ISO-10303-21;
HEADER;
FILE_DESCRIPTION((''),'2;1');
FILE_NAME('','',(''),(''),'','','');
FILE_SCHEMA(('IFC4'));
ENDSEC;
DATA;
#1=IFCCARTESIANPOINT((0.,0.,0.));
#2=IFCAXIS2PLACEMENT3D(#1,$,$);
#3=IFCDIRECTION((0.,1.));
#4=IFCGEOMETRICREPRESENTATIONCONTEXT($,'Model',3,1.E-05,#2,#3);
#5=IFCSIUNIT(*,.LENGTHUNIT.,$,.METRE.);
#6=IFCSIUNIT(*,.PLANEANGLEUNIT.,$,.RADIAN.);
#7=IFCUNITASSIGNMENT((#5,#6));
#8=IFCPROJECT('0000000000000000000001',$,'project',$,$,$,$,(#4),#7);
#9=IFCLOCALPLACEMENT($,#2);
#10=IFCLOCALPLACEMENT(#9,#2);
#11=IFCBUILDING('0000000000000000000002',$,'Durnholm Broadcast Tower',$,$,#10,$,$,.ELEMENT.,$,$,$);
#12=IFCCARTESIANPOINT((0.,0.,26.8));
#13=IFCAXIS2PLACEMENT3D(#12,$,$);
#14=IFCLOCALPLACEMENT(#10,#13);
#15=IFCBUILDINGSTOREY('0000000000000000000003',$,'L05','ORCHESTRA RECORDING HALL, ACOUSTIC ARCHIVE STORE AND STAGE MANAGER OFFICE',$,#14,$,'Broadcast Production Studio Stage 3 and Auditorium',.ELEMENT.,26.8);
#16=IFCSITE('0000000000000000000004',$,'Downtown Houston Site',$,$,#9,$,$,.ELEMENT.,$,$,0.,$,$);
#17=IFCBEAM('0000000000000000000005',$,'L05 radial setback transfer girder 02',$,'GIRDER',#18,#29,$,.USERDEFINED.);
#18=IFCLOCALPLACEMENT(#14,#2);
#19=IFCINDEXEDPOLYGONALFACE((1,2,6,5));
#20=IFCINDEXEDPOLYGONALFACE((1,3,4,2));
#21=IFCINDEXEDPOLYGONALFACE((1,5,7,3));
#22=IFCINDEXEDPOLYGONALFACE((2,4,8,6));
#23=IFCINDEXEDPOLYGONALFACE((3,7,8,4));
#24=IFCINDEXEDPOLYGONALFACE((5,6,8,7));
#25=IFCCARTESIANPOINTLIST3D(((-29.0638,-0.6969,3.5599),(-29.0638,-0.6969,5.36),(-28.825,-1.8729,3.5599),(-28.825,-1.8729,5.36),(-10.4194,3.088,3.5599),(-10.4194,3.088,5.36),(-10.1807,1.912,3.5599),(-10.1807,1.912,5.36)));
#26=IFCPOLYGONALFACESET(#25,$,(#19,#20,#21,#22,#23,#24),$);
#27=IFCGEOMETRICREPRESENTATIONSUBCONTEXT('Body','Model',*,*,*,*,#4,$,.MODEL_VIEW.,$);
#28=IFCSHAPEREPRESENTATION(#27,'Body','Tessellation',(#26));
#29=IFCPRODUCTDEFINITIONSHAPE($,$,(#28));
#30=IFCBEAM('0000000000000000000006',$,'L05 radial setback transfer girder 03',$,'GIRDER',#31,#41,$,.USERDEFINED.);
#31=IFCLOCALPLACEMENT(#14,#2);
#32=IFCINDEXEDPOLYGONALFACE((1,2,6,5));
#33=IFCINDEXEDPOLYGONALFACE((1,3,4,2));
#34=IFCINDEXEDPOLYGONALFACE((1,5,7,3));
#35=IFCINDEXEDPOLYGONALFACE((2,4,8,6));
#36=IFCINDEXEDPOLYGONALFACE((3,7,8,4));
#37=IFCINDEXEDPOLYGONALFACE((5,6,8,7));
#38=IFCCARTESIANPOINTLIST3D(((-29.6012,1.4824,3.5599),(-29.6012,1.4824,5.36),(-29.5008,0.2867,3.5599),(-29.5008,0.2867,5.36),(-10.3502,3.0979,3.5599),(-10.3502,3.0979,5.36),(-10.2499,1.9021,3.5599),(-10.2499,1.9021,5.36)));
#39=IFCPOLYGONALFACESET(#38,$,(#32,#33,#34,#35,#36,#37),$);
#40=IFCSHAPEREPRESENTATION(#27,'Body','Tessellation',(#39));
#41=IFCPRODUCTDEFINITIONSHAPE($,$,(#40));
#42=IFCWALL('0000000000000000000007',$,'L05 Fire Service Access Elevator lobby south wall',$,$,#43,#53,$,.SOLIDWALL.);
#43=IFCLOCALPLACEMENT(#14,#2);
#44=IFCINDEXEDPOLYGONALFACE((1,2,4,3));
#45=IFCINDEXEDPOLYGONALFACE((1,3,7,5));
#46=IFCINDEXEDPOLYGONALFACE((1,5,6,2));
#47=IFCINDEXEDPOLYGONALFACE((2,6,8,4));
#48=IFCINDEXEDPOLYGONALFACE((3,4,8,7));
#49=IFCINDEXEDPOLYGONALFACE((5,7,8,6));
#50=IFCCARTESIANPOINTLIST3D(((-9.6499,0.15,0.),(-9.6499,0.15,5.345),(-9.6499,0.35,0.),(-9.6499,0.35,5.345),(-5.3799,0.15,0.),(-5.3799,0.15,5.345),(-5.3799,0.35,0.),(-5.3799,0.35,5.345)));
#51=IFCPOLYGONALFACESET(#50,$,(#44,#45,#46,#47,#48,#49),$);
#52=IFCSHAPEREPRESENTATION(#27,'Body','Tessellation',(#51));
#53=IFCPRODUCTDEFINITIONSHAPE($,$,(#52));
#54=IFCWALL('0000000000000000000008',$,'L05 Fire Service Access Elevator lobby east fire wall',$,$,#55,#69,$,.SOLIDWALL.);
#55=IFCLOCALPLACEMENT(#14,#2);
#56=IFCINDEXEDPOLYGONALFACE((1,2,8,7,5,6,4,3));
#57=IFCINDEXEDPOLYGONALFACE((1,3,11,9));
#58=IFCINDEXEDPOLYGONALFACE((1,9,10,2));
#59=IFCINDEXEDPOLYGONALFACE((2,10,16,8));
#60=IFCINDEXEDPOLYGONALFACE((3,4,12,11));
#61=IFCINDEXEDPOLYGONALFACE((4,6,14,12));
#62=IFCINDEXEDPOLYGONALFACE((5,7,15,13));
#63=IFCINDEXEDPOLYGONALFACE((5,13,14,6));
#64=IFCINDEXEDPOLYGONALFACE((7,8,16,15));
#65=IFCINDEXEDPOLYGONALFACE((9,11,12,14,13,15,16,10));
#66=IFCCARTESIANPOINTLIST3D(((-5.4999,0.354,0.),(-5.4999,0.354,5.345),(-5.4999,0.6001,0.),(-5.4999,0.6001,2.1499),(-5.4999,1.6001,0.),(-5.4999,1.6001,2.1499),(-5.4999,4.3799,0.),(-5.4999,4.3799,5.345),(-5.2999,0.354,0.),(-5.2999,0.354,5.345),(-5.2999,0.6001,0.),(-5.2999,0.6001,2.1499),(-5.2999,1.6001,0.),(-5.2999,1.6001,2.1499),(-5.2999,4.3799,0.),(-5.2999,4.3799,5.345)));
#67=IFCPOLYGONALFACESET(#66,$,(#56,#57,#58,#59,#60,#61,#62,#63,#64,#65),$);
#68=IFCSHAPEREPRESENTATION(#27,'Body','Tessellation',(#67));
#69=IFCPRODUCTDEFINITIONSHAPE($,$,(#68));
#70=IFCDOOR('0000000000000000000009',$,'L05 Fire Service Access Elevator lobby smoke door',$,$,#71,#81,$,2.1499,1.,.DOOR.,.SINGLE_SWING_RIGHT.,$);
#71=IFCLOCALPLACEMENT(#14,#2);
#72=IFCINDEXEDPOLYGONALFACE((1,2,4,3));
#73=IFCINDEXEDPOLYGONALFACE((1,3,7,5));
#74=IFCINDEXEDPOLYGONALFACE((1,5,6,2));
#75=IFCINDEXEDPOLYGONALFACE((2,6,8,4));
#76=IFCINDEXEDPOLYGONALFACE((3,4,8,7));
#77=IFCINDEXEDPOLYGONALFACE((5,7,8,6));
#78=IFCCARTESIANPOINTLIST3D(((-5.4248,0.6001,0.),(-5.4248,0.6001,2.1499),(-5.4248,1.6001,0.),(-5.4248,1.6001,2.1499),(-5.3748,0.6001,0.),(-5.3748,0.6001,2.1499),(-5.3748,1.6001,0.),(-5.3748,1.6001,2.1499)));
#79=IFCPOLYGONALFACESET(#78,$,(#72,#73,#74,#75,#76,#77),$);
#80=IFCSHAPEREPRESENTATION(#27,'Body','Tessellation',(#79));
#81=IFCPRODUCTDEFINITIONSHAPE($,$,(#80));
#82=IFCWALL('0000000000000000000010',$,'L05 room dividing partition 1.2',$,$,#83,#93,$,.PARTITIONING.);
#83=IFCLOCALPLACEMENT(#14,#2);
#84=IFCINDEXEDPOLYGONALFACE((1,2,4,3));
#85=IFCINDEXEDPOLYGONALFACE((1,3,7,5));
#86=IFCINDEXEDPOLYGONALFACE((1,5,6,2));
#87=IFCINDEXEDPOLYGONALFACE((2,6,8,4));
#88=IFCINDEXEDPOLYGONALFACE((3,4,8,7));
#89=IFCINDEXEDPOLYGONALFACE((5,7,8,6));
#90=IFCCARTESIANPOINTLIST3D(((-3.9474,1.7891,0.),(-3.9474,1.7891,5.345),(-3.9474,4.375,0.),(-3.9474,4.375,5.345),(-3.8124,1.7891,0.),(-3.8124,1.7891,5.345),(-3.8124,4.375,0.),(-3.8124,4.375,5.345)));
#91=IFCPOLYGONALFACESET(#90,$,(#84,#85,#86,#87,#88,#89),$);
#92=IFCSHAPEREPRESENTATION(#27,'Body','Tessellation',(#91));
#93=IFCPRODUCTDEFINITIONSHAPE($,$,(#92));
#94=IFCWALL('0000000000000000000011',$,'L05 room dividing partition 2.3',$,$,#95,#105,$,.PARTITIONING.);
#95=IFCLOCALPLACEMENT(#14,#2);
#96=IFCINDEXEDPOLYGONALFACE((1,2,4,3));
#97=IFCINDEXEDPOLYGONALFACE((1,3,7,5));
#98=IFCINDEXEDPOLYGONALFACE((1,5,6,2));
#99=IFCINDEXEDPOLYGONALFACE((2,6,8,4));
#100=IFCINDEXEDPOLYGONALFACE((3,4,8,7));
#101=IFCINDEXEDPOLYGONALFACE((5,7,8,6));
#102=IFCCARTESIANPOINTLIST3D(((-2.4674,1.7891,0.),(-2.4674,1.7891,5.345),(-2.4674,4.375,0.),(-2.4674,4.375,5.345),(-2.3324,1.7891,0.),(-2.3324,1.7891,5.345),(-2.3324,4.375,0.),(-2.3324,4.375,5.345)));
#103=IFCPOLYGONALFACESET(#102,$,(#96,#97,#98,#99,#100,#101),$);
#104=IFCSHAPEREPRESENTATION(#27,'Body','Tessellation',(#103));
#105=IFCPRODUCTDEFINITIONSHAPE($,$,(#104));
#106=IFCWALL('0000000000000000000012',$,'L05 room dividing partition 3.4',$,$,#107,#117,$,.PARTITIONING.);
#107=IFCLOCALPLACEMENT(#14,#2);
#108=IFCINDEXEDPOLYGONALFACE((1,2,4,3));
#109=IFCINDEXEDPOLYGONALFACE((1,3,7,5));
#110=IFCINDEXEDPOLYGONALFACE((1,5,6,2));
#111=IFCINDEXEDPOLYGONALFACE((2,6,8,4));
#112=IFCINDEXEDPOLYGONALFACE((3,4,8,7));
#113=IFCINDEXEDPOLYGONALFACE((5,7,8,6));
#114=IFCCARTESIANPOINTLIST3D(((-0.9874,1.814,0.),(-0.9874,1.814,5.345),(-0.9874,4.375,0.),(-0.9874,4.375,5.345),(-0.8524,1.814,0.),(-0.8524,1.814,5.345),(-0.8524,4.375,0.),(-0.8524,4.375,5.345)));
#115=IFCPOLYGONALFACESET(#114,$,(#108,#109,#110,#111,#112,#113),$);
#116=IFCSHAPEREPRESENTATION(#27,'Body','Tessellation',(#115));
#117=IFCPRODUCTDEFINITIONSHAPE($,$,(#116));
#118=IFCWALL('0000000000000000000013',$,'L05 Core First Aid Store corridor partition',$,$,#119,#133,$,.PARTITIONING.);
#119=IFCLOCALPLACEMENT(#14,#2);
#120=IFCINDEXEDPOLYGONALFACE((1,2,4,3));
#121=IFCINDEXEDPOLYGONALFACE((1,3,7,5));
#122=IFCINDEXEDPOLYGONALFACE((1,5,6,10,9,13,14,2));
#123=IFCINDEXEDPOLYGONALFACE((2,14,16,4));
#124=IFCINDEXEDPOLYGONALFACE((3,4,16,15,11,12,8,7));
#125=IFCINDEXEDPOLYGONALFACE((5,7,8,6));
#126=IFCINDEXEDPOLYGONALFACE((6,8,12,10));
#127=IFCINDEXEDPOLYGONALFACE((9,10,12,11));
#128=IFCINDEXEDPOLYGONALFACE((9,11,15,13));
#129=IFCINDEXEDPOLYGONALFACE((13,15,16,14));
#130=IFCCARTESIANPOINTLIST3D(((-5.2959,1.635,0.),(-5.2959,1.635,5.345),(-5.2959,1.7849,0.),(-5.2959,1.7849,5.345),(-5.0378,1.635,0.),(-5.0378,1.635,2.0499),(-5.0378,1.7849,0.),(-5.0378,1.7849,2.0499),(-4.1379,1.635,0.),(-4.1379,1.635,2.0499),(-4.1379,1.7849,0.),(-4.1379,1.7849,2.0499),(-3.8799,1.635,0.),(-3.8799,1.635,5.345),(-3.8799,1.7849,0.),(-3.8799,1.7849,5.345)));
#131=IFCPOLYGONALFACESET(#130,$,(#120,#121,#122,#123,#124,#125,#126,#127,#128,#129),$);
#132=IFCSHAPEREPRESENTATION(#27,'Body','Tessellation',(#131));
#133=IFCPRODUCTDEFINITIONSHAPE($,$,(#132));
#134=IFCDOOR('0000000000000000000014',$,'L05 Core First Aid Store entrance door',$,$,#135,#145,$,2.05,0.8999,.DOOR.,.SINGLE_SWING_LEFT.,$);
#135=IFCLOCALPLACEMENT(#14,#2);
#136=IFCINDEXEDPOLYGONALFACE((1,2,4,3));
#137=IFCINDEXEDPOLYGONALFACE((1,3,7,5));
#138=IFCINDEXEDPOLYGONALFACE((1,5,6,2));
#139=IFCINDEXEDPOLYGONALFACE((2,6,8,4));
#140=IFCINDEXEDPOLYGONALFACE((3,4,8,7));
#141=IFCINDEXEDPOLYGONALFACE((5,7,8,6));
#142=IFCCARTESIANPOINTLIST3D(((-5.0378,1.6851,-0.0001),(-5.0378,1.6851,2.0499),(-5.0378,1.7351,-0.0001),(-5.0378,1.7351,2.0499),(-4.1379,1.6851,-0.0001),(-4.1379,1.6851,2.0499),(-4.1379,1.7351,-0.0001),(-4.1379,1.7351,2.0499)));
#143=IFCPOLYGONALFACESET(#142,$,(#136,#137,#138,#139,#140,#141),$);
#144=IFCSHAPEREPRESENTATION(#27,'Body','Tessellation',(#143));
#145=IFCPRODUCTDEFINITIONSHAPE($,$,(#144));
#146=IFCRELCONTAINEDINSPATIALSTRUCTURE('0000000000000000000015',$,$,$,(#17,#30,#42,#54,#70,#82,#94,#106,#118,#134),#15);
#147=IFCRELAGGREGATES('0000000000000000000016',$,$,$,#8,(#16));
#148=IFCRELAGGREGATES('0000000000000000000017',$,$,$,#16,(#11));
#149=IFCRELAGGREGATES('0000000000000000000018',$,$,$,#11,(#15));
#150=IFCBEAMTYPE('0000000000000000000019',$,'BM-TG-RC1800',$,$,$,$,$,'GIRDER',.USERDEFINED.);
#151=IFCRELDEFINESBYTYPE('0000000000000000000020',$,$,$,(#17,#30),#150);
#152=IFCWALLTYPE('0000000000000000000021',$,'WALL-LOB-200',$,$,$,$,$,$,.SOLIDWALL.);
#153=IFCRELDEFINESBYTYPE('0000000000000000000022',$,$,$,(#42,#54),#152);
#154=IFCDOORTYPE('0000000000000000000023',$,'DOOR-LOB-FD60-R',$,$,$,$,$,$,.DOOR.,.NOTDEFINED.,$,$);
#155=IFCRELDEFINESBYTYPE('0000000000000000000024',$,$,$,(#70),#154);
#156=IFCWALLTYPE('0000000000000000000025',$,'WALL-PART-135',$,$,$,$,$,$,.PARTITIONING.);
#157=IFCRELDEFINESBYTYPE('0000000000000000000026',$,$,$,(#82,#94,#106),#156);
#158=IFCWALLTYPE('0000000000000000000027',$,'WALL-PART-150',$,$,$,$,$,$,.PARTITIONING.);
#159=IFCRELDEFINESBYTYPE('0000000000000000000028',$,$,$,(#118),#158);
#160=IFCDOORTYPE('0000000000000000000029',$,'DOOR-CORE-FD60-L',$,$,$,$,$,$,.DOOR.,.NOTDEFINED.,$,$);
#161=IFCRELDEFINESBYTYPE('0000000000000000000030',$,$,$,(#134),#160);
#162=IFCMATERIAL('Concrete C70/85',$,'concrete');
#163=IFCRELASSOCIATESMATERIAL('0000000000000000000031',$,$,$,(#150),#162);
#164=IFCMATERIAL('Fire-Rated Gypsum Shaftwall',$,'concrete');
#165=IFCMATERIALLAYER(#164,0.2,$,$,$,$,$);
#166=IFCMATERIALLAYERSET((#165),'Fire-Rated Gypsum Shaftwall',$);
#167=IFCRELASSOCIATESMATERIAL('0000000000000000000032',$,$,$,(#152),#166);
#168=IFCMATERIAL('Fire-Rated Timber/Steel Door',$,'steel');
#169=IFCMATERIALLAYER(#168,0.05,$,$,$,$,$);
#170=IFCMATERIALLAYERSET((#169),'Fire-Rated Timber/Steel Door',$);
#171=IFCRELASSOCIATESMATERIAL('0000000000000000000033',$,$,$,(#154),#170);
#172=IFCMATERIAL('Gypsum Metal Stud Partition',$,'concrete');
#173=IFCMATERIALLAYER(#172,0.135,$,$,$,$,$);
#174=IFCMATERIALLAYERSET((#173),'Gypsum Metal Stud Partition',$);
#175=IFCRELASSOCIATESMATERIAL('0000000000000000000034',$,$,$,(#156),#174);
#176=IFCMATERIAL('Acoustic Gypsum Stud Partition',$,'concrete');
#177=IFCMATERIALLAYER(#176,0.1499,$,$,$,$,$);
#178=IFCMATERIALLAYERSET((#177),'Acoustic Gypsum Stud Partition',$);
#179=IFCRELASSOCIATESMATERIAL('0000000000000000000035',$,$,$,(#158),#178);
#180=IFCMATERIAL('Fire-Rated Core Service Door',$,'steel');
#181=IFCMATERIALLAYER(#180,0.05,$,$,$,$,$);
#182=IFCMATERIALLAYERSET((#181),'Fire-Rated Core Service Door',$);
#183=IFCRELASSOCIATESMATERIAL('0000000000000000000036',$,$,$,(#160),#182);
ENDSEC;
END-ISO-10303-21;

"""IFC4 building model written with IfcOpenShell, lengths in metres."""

from ifc_helpers import new_model, si_unit, direction, frame, frame_2d, origin, origin_2d, place, context, subcontext, project, spatial, rectangle, extrude, source, transform, mapped, material, layer, layer_set, material_profile, profile_set, type_object, type_shapes, element, fill, save


model = new_model("IFC4")

# Units and contexts
model_context = context("Model", 3, precision=1e-05, world=origin(), true_north=direction((0.0, 1.0)))
body_context = subcontext(model_context, "Body", "Model", "MODEL_VIEW")
ifc_project = project(units=[si_unit("LENGTHUNIT", "METRE"), si_unit("PLANEANGLEUNIT", "RADIAN")], contexts=[model_context])

# Site, building, storey
site_placement = place(None, origin())
site = spatial("IfcSite", under=ifc_project, at=site_placement, Name="Downtown Houston Site", CompositionType="ELEMENT", RefElevation=0.0)
building_placement = place(site_placement, origin())
building = spatial("IfcBuilding", under=site, at=building_placement, Name="Durnholm Broadcast Tower", CompositionType="ELEMENT")
storey_placement = place(building_placement, frame((0.0, 0.0, 26.8)))
storey = spatial("IfcBuildingStorey", under=building, at=storey_placement, Name="L05", Description="ORCHESTRA RECORDING HALL, ACOUSTIC ARCHIVE STORE AND STAGE MANAGER OFFICE", LongName="Broadcast Production Studio Stage 3 and Auditorium", CompositionType="ELEMENT", Elevation=26.8)

# Beams
ifc_material_1 = material(Name="Concrete C70/85", Category="concrete")
ifc_material_profile = material_profile(ifc_material_1, rectangle(XDim=1.2, YDim=1.8, at=origin_2d()), Name="RC1200X1800")
ifc_profile_set = profile_set([ifc_material_profile], Name="Concrete C70/85")
beam_type = type_object("IfcBeamType", Name="BM-TG-RC1800", ElementType="GIRDER", PredefinedType="USERDEFINED", material=ifc_profile_set)
shared_shape_1 = source(origin(), body_context, "Body", "SweptSolid", [
    extrude(rectangle(XDim=1.2, YDim=1.8, at=origin_2d()), origin(), (0.0, 0.0, 1.0), 19.0247),
])
beam_1_placement = place(storey_placement, frame((-10.3, 2.5, 4.46), z_axis=(-0.98001, -0.198948, 0.0), x_axis=(0.198948, -0.98001, 0.0)))
element("IfcBeam", 1, at=beam_1_placement, inside=storey, type_object=beam_type, Name="L05 radial setback transfer girder 02", ObjectType="GIRDER", PredefinedType="USERDEFINED", context=body_context, shape_type="MappedRepresentation", body=[
    mapped(shared_shape_1, transform((0.0, 0.0, 0.0), x_axis=(1.0, 0.0, 0.0), y_axis=(0.0, 1.0, 0.0), z_axis=(0.0, 0.0, 1.0), scale=1.0)),
])
shared_shape_2 = source(origin(), body_context, "Body", "SweptSolid", [
    extrude(rectangle(XDim=1.2, YDim=1.8, at=origin_2d()), origin(), (0.0, 0.0, 1.0), 19.3186),
])
type_shapes(beam_type, [shared_shape_1, shared_shape_2])
beam_2_placement = place(storey_placement, frame((-10.3, 2.5, 4.46), z_axis=(-0.996497, -0.083623, 0.0), x_axis=(0.083623, -0.996497, 0.0)))
element("IfcBeam", 2, at=beam_2_placement, inside=storey, type_object=beam_type, Name="L05 radial setback transfer girder 03", ObjectType="GIRDER", PredefinedType="USERDEFINED", context=body_context, shape_type="MappedRepresentation", body=[
    mapped(shared_shape_2, transform((0.0, 0.0, 0.0), x_axis=(1.0, 0.0, 0.0), y_axis=(0.0, 1.0, 0.0), z_axis=(0.0, 0.0, 1.0), scale=1.0)),
])

# Wall
ifc_material_2 = material(Name="Fire-Rated Gypsum Shaftwall", Category="concrete")
ifc_layer_1 = layer(ifc_material_2, 0.2)
ifc_layer_set_1 = layer_set([ifc_layer_1], Name="Fire-Rated Gypsum Shaftwall")
wall_type_1 = type_object("IfcWallType", Name="WALL-LOB-200", PredefinedType="SOLIDWALL", material=ifc_layer_set_1)
wall_1_placement = place(storey_placement, frame((-9.6499, 0.25, 0.0), z_axis=(0.0, 0.0, 1.0), x_axis=(1.0, 0.0, 0.0)))
element("IfcWall", 3, at=wall_1_placement, inside=storey, type_object=wall_type_1, Name="L05 Fire Service Access Elevator lobby south wall", PredefinedType="SOLIDWALL", context=body_context, shape_type="SweptSolid", body=[
    extrude(rectangle(XDim=4.27, YDim=0.2, at=frame_2d((2.135, 0.0))), origin(), (0.0, 0.0, 1.0), 5.345),
])

# Wall, opening, door
wall_2_placement = place(storey_placement, frame((-5.3999, 0.354, 0.0), z_axis=(0.0, 0.0, 1.0), x_axis=(0.0, 1.0, 0.0)))
wall_2 = element("IfcWall", 4, at=wall_2_placement, inside=storey, type_object=wall_type_1, Name="L05 Fire Service Access Elevator lobby east fire wall", PredefinedType="SOLIDWALL", context=body_context, shape_type="SweptSolid", body=[
    extrude(rectangle(XDim=4.0259, YDim=0.2, at=frame_2d((2.0129, 0.0))), origin(), (0.0, 0.0, 1.0), 5.345),
])
opening_1_placement = place(wall_2_placement, frame((0.2461, 0.0, 0.0)))
opening_1 = element("IfcOpeningElement", 5, at=opening_1_placement, cuts=wall_2, PredefinedType="OPENING", context=body_context, shape_type="SweptSolid", body=[
    extrude(rectangle(XDim=1.0, YDim=2.1499, at=frame_2d((0.5, 1.075))), frame((0.0, 0.1099, 0.0), z_axis=(0.0, -1.0, 0.0), x_axis=(1.0, 0.0, 0.0)), (0.0, 0.0, 1.0), 0.22),
])
ifc_material_3 = material(Name="Fire-Rated Timber/Steel Door", Category="steel")
ifc_layer_2 = layer(ifc_material_3, 0.05)
ifc_layer_set_2 = layer_set([ifc_layer_2], Name="Fire-Rated Timber/Steel Door")
door_type_1 = type_object("IfcDoorType", Name="DOOR-LOB-FD60-R", OperationType="NOTDEFINED", PredefinedType="DOOR", material=ifc_layer_set_2)
shared_shape_3 = source(origin(), body_context, "Body", "SweptSolid", [
    extrude(rectangle(XDim=1.0, YDim=2.1499, at=frame_2d((0.5, 1.075))), frame((0.0, 0.0249, 0.0), z_axis=(0.0, -1.0, 0.0), x_axis=(1.0, 0.0, 0.0)), (0.0, 0.0, 1.0), 0.05),
])
type_shapes(door_type_1, [shared_shape_3])
door_1_placement = place(opening_1_placement, origin())
door_1 = element("IfcDoor", 6, at=door_1_placement, inside=storey, type_object=door_type_1, Name="L05 Fire Service Access Elevator lobby smoke door", OperationType="SINGLE_SWING_RIGHT", OverallHeight=2.1499, OverallWidth=1.0, PredefinedType="DOOR", context=body_context, shape_type="MappedRepresentation", body=[
    mapped(shared_shape_3, transform((0.0, 0.0, 0.0), x_axis=(1.0, 0.0, 0.0), y_axis=(0.0, 1.0, 0.0), z_axis=(0.0, 0.0, 1.0), scale=1.0)),
])
fill(opening_1, door_1)

# Walls
ifc_material_4 = material(Name="Gypsum Metal Stud Partition", Category="concrete")
ifc_layer_3 = layer(ifc_material_4, 0.135)
ifc_layer_set_3 = layer_set([ifc_layer_3], Name="Gypsum Metal Stud Partition")
wall_type_2 = type_object("IfcWallType", Name="WALL-PART-135", PredefinedType="PARTITIONING", material=ifc_layer_set_3)
for number, where, z_axis, x_axis, name in (
    (7, (-3.8799, 4.375, 0.0), (0.0, 0.0, 1.0), (0.0, -1.0, 0.0), "L05 room dividing partition 1.2"),
    (8, (-2.3999, 4.375, 0.0), (0.0, 0.0, 1.0), (0.0, -1.0, 0.0), "L05 room dividing partition 2.3"),
):
    element("IfcWall", number, at=place(storey_placement, frame(where, z_axis=z_axis, x_axis=x_axis)), inside=storey, type_object=wall_type_2, Name=name, PredefinedType="PARTITIONING", context=body_context, shape_type="SweptSolid", body=[
        extrude(rectangle(XDim=2.5859, YDim=0.135, at=frame_2d((1.293, 0.0))), origin(), (0.0, 0.0, 1.0), 5.345),
    ])
wall_3_placement = place(storey_placement, frame((-0.9199, 4.375, 0.0), z_axis=(0.0, 0.0, 1.0), x_axis=(0.0, -1.0, 0.0)))
element("IfcWall", 9, at=wall_3_placement, inside=storey, type_object=wall_type_2, Name="L05 room dividing partition 3.4", PredefinedType="PARTITIONING", context=body_context, shape_type="SweptSolid", body=[
    extrude(rectangle(XDim=2.561, YDim=0.135, at=frame_2d((1.2805, 0.0))), origin(), (0.0, 0.0, 1.0), 5.345),
])

# Wall, opening, door
ifc_material_5 = material(Name="Acoustic Gypsum Stud Partition", Category="concrete")
ifc_layer_4 = layer(ifc_material_5, 0.1499)
ifc_layer_set_4 = layer_set([ifc_layer_4], Name="Acoustic Gypsum Stud Partition")
wall_type_3 = type_object("IfcWallType", Name="WALL-PART-150", PredefinedType="PARTITIONING", material=ifc_layer_set_4)
wall_4_placement = place(storey_placement, frame((-3.8799, 1.71, 0.0), z_axis=(0.0, 0.0, 1.0), x_axis=(-1.0, 0.0, 0.0)))
wall_4 = element("IfcWall", 10, at=wall_4_placement, inside=storey, type_object=wall_type_3, Name="L05 Core First Aid Store corridor partition", PredefinedType="PARTITIONING", context=body_context, shape_type="SweptSolid", body=[
    extrude(rectangle(XDim=1.416, YDim=0.1499, at=frame_2d((0.708, 0.0))), origin(), (0.0, 0.0, 1.0), 5.345),
])
opening_2_placement = place(wall_4_placement, frame((0.2581, 0.0, 0.0)))
opening_2 = element("IfcOpeningElement", 11, at=opening_2_placement, cuts=wall_4, PredefinedType="OPENING", context=body_context, shape_type="SweptSolid", body=[
    extrude(rectangle(XDim=0.8999, YDim=2.05, at=frame_2d((0.45, 1.0249))), frame((0.0, 0.085, 0.0), z_axis=(0.0, -1.0, 0.0), x_axis=(1.0, 0.0, 0.0)), (0.0, 0.0, 1.0), 0.1699),
])
ifc_material_6 = material(Name="Fire-Rated Core Service Door", Category="steel")
ifc_layer_5 = layer(ifc_material_6, 0.05)
ifc_layer_set_5 = layer_set([ifc_layer_5], Name="Fire-Rated Core Service Door")
door_type_2 = type_object("IfcDoorType", Name="DOOR-CORE-FD60-L", OperationType="NOTDEFINED", PredefinedType="DOOR", material=ifc_layer_set_5)
shared_shape_4 = source(origin(), body_context, "Body", "SweptSolid", [
    extrude(rectangle(XDim=0.8999, YDim=2.05, at=frame_2d((0.45, 1.0249))), frame((0.0, 0.0249, 0.0), z_axis=(0.0, -1.0, 0.0), x_axis=(1.0, 0.0, 0.0)), (0.0, 0.0, 1.0), 0.05),
])
type_shapes(door_type_2, [shared_shape_4])
door_2_placement = place(opening_2_placement, origin())
door_2 = element("IfcDoor", 12, at=door_2_placement, inside=storey, type_object=door_type_2, Name="L05 Core First Aid Store entrance door", OperationType="SINGLE_SWING_LEFT", OverallHeight=2.05, OverallWidth=0.8999, PredefinedType="DOOR", context=body_context, shape_type="MappedRepresentation", body=[
    mapped(shared_shape_4, transform((0.0, 0.0, 0.0), x_axis=(1.0, 0.0, 0.0), y_axis=(0.0, 1.0, 0.0), z_axis=(0.0, 0.0, 1.0), scale=1.0)),
])
fill(opening_2, door_2)

save(model, "model.ifc")
